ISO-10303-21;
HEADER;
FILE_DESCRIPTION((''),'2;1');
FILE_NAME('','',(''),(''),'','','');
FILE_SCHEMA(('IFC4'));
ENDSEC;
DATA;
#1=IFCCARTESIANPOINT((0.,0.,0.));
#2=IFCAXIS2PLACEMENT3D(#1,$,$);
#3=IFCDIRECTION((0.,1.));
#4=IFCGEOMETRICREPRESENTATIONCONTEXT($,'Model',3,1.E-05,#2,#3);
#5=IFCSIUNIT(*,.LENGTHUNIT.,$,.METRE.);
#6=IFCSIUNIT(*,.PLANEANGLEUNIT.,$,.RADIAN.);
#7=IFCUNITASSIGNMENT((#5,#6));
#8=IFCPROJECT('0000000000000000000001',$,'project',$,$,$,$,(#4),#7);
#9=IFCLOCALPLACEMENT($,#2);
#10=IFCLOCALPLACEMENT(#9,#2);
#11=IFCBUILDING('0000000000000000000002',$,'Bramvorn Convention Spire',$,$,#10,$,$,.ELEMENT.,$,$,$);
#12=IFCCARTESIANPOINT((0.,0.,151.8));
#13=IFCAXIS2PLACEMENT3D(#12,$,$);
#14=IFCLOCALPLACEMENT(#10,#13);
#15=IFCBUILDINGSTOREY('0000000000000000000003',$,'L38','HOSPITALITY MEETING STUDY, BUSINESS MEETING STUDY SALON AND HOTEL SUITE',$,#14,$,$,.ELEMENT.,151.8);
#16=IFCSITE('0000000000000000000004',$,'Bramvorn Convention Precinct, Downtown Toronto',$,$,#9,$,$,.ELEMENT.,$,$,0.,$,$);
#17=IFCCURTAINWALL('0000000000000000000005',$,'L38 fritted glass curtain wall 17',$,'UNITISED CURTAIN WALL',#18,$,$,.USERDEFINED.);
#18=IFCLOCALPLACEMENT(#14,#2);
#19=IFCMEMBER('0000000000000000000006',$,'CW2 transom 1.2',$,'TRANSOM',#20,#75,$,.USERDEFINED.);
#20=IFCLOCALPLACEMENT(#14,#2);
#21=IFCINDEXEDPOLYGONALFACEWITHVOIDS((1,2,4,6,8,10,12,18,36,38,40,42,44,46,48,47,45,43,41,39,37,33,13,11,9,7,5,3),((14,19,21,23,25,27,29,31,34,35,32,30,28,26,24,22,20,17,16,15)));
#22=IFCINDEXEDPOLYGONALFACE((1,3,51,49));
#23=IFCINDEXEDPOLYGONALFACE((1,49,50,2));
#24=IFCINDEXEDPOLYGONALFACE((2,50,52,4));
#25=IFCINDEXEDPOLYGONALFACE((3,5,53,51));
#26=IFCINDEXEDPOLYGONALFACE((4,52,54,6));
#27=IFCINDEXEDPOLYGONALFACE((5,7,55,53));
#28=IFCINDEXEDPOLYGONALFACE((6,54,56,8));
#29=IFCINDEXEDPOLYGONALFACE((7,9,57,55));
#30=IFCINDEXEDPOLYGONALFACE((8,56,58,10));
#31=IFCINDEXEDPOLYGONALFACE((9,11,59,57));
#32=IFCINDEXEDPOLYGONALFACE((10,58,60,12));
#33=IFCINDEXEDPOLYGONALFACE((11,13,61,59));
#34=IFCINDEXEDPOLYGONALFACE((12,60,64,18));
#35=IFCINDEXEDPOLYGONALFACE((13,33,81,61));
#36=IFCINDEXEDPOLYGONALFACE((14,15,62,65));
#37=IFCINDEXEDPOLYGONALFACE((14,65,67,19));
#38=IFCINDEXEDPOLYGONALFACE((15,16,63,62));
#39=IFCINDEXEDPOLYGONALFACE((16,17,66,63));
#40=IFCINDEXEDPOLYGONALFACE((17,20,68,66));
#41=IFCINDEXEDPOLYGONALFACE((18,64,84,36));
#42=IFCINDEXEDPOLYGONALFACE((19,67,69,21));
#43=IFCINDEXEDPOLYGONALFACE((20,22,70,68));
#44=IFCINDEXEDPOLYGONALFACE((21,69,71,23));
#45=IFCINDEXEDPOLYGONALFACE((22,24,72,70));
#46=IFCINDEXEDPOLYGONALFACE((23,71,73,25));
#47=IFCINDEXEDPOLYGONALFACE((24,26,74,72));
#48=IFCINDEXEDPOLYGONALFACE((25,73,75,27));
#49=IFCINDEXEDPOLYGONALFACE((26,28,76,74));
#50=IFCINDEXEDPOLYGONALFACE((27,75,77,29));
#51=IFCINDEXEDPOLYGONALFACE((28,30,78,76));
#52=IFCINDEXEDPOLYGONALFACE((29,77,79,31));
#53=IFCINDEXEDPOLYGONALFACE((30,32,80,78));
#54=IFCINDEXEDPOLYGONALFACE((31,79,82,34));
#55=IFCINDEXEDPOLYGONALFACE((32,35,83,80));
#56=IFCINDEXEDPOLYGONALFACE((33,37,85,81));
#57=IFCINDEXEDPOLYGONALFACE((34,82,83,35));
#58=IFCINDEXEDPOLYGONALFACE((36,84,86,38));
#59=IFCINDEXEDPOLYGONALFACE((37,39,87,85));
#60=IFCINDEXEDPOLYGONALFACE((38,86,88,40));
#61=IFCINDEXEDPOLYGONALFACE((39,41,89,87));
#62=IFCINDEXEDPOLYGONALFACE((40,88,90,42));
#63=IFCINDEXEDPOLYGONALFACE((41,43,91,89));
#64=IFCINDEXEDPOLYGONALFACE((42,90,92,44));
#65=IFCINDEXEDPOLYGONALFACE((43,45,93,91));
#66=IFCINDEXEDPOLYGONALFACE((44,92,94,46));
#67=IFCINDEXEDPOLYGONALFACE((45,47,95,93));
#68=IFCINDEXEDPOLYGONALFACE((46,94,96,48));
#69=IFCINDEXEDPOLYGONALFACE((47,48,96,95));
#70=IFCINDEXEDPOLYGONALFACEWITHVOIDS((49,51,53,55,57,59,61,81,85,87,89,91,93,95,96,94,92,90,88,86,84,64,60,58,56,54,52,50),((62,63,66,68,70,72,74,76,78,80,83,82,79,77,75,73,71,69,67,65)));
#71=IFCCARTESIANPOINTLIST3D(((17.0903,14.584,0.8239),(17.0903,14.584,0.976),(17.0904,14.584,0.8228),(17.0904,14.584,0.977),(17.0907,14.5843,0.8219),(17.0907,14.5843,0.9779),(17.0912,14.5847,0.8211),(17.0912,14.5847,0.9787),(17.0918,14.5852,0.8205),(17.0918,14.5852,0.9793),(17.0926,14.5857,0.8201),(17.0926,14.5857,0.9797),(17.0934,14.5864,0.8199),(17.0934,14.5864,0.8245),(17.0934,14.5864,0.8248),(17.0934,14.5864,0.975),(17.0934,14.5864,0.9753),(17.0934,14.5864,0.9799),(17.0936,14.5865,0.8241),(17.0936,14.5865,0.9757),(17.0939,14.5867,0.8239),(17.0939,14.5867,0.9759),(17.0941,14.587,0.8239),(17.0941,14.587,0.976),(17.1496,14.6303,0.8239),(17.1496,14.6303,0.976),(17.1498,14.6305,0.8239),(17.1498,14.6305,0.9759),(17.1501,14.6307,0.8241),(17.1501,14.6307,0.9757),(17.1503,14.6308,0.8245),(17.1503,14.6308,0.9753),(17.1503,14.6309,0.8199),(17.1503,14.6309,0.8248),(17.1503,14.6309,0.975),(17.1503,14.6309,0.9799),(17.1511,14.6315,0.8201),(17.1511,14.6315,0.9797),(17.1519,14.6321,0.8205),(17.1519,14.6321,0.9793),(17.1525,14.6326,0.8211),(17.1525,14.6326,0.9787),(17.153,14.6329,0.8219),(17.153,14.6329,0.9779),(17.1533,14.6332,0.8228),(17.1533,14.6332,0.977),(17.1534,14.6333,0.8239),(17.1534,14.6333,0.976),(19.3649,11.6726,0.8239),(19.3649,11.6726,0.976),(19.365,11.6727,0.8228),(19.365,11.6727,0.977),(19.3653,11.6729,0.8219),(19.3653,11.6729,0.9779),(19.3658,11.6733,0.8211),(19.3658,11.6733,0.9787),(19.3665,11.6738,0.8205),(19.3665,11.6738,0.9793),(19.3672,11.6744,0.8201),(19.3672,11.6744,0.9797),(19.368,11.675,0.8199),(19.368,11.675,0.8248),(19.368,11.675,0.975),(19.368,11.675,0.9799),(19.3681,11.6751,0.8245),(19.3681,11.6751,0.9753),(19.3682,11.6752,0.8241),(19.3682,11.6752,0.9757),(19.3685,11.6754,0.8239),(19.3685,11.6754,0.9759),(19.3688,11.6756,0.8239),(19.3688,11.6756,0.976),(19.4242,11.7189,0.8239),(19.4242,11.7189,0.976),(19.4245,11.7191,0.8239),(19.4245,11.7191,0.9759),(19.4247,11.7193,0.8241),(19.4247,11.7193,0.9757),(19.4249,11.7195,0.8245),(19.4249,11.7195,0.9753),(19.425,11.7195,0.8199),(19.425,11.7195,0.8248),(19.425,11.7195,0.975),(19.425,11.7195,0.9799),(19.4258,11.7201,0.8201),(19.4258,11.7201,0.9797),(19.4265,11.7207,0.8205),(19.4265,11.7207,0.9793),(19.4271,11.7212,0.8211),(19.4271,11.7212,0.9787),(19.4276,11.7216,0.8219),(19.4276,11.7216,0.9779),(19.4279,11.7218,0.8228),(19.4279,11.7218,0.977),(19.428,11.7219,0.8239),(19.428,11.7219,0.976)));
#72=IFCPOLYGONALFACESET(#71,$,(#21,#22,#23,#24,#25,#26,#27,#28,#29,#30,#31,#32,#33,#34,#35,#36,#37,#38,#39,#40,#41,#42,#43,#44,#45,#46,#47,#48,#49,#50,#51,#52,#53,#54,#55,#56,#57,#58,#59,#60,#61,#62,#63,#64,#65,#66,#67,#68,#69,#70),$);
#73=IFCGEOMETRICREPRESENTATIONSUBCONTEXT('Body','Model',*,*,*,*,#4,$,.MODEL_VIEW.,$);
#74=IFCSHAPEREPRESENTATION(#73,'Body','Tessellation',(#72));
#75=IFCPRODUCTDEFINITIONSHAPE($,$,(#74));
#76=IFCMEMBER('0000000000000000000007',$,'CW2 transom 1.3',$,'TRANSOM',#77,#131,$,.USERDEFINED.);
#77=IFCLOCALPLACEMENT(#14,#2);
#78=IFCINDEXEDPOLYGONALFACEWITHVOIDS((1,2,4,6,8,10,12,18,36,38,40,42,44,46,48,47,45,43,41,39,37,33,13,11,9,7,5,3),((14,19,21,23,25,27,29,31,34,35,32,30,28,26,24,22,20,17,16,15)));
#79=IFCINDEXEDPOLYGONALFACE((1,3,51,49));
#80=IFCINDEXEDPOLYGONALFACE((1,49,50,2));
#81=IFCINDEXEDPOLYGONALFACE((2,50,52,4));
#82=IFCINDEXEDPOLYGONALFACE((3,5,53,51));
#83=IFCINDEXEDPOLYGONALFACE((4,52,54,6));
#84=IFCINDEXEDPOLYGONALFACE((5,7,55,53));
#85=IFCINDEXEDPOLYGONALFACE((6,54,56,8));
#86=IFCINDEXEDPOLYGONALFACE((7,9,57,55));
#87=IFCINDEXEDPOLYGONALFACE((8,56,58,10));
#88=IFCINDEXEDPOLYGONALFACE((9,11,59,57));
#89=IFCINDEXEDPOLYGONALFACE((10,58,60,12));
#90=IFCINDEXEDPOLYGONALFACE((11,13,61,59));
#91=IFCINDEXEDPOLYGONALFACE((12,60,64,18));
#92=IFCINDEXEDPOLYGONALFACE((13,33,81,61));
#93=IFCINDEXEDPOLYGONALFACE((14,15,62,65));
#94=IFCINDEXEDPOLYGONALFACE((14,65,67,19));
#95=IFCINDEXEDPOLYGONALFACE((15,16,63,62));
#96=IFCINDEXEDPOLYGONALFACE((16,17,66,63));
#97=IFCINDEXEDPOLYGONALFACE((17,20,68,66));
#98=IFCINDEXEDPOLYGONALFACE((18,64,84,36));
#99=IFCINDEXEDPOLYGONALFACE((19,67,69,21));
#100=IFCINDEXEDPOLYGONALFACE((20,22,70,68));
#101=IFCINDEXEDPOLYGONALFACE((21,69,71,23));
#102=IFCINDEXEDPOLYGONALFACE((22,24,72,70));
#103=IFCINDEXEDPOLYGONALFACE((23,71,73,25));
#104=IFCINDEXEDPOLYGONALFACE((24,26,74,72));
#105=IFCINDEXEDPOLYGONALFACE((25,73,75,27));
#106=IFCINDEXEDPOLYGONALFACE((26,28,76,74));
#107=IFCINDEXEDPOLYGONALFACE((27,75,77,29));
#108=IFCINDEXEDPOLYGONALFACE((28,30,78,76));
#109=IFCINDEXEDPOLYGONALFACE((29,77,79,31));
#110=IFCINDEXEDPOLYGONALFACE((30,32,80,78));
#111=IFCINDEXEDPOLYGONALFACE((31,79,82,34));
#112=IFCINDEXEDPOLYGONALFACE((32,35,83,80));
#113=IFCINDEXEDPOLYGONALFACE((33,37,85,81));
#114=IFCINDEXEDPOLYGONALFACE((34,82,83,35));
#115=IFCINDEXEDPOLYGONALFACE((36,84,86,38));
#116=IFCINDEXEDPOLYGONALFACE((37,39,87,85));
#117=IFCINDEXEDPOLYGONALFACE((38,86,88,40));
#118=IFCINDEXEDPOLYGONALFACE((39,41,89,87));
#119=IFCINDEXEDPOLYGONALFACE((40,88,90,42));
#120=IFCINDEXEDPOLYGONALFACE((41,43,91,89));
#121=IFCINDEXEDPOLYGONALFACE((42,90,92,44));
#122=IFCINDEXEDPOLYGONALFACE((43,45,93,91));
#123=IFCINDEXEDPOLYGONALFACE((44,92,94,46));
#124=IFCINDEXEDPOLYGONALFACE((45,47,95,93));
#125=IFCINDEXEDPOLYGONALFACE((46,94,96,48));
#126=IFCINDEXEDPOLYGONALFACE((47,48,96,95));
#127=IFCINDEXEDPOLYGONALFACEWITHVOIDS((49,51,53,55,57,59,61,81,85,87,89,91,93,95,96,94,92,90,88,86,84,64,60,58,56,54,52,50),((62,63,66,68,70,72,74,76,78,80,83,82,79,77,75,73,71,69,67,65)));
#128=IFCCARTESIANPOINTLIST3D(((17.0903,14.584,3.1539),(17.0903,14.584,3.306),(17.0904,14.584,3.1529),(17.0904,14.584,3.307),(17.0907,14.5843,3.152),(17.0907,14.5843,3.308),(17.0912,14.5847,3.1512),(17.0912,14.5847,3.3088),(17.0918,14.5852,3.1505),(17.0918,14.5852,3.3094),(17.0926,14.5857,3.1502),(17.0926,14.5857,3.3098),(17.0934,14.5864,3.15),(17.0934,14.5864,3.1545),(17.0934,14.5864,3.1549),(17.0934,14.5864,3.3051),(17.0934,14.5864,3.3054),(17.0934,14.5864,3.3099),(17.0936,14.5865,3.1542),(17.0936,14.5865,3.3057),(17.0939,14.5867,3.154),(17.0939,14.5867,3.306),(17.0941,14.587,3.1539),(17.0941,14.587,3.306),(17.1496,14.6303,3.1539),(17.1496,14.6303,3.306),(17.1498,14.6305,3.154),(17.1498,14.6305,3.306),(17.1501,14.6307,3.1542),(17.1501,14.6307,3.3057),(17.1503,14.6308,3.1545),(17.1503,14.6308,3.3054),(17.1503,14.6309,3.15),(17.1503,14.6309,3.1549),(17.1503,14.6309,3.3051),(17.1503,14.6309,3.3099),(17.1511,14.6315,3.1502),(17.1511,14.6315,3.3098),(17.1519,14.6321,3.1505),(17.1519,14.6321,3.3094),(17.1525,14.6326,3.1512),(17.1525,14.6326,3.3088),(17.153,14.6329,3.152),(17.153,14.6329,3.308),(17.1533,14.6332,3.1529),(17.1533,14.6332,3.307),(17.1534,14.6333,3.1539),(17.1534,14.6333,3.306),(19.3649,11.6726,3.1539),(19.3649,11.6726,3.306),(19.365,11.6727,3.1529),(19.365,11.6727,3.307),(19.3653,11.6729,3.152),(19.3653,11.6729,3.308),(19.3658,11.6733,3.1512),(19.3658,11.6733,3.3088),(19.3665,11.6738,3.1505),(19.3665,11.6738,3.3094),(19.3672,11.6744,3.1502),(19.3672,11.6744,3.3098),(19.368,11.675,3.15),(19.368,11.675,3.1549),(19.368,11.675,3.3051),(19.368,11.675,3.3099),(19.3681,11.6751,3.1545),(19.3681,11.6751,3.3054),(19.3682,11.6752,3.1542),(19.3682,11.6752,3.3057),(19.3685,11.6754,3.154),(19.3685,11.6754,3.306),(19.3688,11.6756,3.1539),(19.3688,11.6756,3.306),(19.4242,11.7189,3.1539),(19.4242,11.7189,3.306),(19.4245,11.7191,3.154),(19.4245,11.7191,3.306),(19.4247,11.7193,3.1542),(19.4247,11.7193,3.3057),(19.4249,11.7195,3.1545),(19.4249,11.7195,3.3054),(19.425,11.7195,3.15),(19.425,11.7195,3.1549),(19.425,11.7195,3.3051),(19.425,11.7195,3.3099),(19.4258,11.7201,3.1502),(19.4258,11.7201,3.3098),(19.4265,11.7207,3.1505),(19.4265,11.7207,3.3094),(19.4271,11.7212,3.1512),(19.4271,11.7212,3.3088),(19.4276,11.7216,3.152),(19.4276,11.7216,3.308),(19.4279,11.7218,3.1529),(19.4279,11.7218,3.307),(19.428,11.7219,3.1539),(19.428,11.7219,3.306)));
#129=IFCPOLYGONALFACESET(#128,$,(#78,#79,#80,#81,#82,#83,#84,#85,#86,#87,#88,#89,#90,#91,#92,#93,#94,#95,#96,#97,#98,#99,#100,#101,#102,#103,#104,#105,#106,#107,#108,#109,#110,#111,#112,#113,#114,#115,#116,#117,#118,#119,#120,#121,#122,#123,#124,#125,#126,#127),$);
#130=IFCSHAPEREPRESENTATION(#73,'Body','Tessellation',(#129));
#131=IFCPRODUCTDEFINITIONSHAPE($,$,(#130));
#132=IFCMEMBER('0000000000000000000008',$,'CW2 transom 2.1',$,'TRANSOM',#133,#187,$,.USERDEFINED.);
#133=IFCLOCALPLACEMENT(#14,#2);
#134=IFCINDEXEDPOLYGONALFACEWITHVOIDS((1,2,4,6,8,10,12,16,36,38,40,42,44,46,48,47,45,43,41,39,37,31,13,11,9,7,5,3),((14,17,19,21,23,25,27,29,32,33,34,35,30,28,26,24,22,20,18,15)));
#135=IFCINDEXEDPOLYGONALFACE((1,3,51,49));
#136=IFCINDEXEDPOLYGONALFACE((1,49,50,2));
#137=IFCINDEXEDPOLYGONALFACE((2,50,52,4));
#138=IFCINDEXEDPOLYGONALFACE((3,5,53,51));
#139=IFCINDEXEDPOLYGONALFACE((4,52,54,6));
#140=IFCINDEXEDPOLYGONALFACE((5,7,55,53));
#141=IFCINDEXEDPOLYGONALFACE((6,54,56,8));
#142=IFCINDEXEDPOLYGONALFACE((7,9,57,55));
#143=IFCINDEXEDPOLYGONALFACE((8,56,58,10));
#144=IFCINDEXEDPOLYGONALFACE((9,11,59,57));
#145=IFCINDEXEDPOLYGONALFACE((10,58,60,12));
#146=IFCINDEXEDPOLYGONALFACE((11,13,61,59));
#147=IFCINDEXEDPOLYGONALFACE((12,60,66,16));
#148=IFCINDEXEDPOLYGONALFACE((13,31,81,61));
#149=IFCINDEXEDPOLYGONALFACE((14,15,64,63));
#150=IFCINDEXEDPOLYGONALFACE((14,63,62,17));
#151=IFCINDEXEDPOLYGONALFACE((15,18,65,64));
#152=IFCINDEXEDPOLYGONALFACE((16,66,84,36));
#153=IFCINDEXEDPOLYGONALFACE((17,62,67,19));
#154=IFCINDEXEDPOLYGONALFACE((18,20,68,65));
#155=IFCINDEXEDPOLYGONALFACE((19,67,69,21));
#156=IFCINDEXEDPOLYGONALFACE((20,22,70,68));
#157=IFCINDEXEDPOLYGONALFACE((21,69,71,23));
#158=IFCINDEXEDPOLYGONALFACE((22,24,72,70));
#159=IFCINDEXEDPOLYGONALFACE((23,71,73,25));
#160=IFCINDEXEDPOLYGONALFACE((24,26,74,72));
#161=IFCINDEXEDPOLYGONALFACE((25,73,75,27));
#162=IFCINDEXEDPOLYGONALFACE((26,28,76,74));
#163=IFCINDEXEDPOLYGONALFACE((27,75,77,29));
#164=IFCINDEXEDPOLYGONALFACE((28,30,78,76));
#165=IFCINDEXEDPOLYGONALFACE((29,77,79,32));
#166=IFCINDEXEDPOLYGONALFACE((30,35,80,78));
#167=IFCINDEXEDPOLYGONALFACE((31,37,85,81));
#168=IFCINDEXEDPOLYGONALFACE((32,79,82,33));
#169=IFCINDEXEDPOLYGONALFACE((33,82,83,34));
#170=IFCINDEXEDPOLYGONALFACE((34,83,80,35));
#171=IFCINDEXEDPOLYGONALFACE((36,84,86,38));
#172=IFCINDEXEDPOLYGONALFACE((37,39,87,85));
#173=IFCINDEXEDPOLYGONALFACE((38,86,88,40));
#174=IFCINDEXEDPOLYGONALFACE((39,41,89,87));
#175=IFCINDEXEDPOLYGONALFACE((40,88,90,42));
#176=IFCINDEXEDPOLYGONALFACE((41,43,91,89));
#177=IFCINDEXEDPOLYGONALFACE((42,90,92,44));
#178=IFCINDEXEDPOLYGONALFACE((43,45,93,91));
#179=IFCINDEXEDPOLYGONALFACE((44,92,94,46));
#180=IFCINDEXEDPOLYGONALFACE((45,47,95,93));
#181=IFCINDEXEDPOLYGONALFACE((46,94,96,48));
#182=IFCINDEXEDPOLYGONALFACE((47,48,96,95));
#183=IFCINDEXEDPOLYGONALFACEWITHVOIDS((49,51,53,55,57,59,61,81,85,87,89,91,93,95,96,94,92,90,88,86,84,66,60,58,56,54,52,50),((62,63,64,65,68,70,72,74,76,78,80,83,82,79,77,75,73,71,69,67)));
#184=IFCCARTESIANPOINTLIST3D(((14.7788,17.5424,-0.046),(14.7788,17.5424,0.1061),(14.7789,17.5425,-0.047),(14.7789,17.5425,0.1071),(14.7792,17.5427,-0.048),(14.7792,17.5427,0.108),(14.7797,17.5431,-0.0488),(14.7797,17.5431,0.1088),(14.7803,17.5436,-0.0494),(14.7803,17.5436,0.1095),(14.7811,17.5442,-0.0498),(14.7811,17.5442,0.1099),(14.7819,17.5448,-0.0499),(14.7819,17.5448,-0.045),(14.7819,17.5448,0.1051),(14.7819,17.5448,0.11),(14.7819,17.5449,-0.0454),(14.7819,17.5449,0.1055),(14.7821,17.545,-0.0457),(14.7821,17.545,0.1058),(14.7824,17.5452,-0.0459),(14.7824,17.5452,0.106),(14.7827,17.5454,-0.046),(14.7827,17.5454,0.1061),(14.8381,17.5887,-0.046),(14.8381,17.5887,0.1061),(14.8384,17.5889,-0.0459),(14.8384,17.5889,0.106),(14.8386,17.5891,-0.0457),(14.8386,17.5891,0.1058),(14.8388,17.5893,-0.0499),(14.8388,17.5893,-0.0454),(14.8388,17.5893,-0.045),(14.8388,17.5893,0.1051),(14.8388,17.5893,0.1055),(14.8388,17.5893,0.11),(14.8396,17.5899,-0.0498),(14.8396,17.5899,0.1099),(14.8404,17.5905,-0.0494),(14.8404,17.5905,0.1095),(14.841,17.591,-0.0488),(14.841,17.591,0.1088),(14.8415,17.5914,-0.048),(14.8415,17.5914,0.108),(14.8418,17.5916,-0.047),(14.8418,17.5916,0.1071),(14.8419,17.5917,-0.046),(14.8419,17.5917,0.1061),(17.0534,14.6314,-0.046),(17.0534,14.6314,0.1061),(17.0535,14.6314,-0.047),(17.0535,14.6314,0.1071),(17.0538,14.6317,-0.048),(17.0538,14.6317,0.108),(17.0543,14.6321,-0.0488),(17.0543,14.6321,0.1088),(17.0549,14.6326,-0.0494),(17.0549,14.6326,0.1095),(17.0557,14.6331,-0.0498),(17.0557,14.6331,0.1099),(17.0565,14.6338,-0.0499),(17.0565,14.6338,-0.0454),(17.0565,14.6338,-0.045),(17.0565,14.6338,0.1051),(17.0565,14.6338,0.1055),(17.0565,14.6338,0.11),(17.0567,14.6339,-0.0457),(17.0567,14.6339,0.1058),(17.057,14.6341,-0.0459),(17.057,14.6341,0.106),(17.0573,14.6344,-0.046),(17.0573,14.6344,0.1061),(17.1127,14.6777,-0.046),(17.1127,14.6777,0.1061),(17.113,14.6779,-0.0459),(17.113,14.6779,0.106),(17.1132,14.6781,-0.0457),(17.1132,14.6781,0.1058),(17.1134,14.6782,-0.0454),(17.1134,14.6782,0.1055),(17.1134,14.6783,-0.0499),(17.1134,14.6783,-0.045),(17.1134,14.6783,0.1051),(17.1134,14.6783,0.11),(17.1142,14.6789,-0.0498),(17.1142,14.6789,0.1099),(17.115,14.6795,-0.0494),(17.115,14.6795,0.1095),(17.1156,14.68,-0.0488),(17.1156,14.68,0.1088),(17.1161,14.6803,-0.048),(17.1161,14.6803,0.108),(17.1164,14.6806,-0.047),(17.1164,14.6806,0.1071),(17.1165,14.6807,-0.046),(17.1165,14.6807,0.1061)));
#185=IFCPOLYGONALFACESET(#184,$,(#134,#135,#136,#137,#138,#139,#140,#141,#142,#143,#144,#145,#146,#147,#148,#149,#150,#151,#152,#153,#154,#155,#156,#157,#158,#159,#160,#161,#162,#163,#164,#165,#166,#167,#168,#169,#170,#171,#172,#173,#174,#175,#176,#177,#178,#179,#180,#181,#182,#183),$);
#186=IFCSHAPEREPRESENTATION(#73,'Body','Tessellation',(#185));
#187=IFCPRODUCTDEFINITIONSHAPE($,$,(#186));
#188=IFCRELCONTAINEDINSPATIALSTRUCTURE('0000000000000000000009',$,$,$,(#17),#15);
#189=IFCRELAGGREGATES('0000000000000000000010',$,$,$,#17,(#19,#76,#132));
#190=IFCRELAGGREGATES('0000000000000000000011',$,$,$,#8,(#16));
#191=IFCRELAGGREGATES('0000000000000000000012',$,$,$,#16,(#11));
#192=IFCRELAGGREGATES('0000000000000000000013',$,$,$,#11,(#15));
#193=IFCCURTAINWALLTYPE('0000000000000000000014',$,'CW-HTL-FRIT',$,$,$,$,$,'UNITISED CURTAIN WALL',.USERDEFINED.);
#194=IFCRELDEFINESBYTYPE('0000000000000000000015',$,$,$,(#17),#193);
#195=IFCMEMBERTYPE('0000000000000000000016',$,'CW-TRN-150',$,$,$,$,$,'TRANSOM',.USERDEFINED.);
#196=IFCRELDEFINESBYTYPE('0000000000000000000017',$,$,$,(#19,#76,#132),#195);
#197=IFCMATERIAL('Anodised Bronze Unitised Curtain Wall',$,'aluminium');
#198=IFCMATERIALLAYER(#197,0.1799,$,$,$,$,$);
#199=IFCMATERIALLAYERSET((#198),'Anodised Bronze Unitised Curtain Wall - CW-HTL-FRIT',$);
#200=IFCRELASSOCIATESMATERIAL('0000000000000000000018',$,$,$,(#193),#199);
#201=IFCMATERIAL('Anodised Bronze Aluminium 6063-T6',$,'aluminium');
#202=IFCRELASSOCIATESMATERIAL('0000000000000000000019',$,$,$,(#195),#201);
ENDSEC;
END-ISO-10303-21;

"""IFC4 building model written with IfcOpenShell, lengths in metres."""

from ifc_helpers import new_model, si_unit, direction, frame, origin, origin_2d, place, context, subcontext, project, spatial, hollow_rectangle, extrude, material, layer, layer_set, material_profile, profile_set, type_object, element, aggregate, save


model = new_model("IFC4")

# Units and contexts
model_context = context("Model", 3, precision=1e-05, world=origin(), true_north=direction((0.0, 1.0)))
body_context = subcontext(model_context, "Body", "Model", "MODEL_VIEW")
ifc_project = project(units=[si_unit("LENGTHUNIT", "METRE"), si_unit("PLANEANGLEUNIT", "RADIAN")], contexts=[model_context])

# Site, building, storey
site_placement = place(None, origin())
site = spatial("IfcSite", under=ifc_project, at=site_placement, Name="Bramvorn Convention Precinct, Downtown Toronto", CompositionType="ELEMENT", RefElevation=0.0)
building_placement = place(site_placement, origin())
building = spatial("IfcBuilding", under=site, at=building_placement, Name="Bramvorn Convention Spire", CompositionType="ELEMENT")
storey_placement = place(building_placement, frame((0.0, 0.0, 151.8)))
storey = spatial("IfcBuildingStorey", under=building, at=storey_placement, Name="L38", Description="HOSPITALITY MEETING STUDY, BUSINESS MEETING STUDY SALON AND HOTEL SUITE", CompositionType="ELEMENT", Elevation=151.8)

# Curtain wall
ifc_material_1 = material(Name="Anodised Bronze Unitised Curtain Wall", Category="aluminium")
ifc_layer_1 = layer(ifc_material_1, 0.1799)
ifc_layer_set_1 = layer_set([ifc_layer_1], Name="Anodised Bronze Unitised Curtain Wall - CW-HTL-FRIT")
curtain_wall_type = type_object("IfcCurtainWallType", Name="CW-HTL-FRIT", ElementType="UNITISED CURTAIN WALL", PredefinedType="USERDEFINED", material=ifc_layer_set_1)
curtain_wall_1_placement = place(storey_placement, origin())
curtain_wall_1 = element("IfcCurtainWall", 1, at=curtain_wall_1_placement, inside=storey, type_object=curtain_wall_type, Name="L38 fritted glass curtain wall 17", ObjectType="UNITISED CURTAIN WALL", PredefinedType="USERDEFINED")
ifc_material_2 = material(Name="Anodised Bronze Aluminium 6063-T6", Category="aluminium")

# Members
ifc_material_profile_1 = material_profile(ifc_material_2, hollow_rectangle(XDim=0.0801, YDim=0.1599, WallThickness=0.0039, InnerFilletRadius=0.001, OuterFilletRadius=0.0039, at=origin_2d()))
ifc_profile_set_1 = profile_set([ifc_material_profile_1], Name="Anodised Bronze Aluminium 6063-T6 - CWT80X160")
member_type_1 = type_object("IfcMemberType", Name="CW-TRN-150", ElementType="TRANSOM", PredefinedType="USERDEFINED", material=ifc_profile_set_1)
member_1_placement = place(storey_placement, frame((19.3965, 11.6973, 0.8999), z_axis=(-0.615668, 0.788005, 0.0), x_axis=(-0.788005, -0.615668, 0.0)))
member_1 = element("IfcMember", 2, at=member_1_placement, type_object=member_type_1, Name="CW2 transom 1.2", ObjectType="TRANSOM", PredefinedType="USERDEFINED", context=body_context, shape_type="SweptSolid", body=[
    extrude(hollow_rectangle(XDim=0.0801, YDim=0.1599, WallThickness=0.0039, InnerFilletRadius=0.001, OuterFilletRadius=0.0039, at=origin_2d()), origin(), (0.0, 0.0, 1.0), 3.6946),
])
member_2_placement = place(storey_placement, frame((19.3965, 11.6973, 3.23), z_axis=(-0.615668, 0.788005, 0.0), x_axis=(-0.788005, -0.615668, 0.0)))
member_2 = element("IfcMember", 3, at=member_2_placement, type_object=member_type_1, Name="CW2 transom 1.3", ObjectType="TRANSOM", PredefinedType="USERDEFINED", context=body_context, shape_type="SweptSolid", body=[
    extrude(hollow_rectangle(XDim=0.0801, YDim=0.1599, WallThickness=0.0039, InnerFilletRadius=0.001, OuterFilletRadius=0.0039, at=origin_2d()), origin(), (0.0, 0.0, 1.0), 3.6946),
])
member_3_placement = place(storey_placement, frame((17.085, 14.656, 0.03), z_axis=(-0.6157, 0.78798, 0.0), x_axis=(-0.78798, -0.6157, 0.0)))
member_3 = element("IfcMember", 4, at=member_3_placement, type_object=member_type_1, Name="CW2 transom 2.1", ObjectType="TRANSOM", PredefinedType="USERDEFINED", context=body_context, shape_type="SweptSolid", body=[
    extrude(hollow_rectangle(XDim=0.0801, YDim=0.1599, WallThickness=0.0039, InnerFilletRadius=0.001, OuterFilletRadius=0.0039, at=origin_2d()), origin(), (0.0, 0.0, 1.0), 3.6943),
])

aggregate(curtain_wall_1, [member_1, member_2, member_3])

save(model, "model.ifc")
